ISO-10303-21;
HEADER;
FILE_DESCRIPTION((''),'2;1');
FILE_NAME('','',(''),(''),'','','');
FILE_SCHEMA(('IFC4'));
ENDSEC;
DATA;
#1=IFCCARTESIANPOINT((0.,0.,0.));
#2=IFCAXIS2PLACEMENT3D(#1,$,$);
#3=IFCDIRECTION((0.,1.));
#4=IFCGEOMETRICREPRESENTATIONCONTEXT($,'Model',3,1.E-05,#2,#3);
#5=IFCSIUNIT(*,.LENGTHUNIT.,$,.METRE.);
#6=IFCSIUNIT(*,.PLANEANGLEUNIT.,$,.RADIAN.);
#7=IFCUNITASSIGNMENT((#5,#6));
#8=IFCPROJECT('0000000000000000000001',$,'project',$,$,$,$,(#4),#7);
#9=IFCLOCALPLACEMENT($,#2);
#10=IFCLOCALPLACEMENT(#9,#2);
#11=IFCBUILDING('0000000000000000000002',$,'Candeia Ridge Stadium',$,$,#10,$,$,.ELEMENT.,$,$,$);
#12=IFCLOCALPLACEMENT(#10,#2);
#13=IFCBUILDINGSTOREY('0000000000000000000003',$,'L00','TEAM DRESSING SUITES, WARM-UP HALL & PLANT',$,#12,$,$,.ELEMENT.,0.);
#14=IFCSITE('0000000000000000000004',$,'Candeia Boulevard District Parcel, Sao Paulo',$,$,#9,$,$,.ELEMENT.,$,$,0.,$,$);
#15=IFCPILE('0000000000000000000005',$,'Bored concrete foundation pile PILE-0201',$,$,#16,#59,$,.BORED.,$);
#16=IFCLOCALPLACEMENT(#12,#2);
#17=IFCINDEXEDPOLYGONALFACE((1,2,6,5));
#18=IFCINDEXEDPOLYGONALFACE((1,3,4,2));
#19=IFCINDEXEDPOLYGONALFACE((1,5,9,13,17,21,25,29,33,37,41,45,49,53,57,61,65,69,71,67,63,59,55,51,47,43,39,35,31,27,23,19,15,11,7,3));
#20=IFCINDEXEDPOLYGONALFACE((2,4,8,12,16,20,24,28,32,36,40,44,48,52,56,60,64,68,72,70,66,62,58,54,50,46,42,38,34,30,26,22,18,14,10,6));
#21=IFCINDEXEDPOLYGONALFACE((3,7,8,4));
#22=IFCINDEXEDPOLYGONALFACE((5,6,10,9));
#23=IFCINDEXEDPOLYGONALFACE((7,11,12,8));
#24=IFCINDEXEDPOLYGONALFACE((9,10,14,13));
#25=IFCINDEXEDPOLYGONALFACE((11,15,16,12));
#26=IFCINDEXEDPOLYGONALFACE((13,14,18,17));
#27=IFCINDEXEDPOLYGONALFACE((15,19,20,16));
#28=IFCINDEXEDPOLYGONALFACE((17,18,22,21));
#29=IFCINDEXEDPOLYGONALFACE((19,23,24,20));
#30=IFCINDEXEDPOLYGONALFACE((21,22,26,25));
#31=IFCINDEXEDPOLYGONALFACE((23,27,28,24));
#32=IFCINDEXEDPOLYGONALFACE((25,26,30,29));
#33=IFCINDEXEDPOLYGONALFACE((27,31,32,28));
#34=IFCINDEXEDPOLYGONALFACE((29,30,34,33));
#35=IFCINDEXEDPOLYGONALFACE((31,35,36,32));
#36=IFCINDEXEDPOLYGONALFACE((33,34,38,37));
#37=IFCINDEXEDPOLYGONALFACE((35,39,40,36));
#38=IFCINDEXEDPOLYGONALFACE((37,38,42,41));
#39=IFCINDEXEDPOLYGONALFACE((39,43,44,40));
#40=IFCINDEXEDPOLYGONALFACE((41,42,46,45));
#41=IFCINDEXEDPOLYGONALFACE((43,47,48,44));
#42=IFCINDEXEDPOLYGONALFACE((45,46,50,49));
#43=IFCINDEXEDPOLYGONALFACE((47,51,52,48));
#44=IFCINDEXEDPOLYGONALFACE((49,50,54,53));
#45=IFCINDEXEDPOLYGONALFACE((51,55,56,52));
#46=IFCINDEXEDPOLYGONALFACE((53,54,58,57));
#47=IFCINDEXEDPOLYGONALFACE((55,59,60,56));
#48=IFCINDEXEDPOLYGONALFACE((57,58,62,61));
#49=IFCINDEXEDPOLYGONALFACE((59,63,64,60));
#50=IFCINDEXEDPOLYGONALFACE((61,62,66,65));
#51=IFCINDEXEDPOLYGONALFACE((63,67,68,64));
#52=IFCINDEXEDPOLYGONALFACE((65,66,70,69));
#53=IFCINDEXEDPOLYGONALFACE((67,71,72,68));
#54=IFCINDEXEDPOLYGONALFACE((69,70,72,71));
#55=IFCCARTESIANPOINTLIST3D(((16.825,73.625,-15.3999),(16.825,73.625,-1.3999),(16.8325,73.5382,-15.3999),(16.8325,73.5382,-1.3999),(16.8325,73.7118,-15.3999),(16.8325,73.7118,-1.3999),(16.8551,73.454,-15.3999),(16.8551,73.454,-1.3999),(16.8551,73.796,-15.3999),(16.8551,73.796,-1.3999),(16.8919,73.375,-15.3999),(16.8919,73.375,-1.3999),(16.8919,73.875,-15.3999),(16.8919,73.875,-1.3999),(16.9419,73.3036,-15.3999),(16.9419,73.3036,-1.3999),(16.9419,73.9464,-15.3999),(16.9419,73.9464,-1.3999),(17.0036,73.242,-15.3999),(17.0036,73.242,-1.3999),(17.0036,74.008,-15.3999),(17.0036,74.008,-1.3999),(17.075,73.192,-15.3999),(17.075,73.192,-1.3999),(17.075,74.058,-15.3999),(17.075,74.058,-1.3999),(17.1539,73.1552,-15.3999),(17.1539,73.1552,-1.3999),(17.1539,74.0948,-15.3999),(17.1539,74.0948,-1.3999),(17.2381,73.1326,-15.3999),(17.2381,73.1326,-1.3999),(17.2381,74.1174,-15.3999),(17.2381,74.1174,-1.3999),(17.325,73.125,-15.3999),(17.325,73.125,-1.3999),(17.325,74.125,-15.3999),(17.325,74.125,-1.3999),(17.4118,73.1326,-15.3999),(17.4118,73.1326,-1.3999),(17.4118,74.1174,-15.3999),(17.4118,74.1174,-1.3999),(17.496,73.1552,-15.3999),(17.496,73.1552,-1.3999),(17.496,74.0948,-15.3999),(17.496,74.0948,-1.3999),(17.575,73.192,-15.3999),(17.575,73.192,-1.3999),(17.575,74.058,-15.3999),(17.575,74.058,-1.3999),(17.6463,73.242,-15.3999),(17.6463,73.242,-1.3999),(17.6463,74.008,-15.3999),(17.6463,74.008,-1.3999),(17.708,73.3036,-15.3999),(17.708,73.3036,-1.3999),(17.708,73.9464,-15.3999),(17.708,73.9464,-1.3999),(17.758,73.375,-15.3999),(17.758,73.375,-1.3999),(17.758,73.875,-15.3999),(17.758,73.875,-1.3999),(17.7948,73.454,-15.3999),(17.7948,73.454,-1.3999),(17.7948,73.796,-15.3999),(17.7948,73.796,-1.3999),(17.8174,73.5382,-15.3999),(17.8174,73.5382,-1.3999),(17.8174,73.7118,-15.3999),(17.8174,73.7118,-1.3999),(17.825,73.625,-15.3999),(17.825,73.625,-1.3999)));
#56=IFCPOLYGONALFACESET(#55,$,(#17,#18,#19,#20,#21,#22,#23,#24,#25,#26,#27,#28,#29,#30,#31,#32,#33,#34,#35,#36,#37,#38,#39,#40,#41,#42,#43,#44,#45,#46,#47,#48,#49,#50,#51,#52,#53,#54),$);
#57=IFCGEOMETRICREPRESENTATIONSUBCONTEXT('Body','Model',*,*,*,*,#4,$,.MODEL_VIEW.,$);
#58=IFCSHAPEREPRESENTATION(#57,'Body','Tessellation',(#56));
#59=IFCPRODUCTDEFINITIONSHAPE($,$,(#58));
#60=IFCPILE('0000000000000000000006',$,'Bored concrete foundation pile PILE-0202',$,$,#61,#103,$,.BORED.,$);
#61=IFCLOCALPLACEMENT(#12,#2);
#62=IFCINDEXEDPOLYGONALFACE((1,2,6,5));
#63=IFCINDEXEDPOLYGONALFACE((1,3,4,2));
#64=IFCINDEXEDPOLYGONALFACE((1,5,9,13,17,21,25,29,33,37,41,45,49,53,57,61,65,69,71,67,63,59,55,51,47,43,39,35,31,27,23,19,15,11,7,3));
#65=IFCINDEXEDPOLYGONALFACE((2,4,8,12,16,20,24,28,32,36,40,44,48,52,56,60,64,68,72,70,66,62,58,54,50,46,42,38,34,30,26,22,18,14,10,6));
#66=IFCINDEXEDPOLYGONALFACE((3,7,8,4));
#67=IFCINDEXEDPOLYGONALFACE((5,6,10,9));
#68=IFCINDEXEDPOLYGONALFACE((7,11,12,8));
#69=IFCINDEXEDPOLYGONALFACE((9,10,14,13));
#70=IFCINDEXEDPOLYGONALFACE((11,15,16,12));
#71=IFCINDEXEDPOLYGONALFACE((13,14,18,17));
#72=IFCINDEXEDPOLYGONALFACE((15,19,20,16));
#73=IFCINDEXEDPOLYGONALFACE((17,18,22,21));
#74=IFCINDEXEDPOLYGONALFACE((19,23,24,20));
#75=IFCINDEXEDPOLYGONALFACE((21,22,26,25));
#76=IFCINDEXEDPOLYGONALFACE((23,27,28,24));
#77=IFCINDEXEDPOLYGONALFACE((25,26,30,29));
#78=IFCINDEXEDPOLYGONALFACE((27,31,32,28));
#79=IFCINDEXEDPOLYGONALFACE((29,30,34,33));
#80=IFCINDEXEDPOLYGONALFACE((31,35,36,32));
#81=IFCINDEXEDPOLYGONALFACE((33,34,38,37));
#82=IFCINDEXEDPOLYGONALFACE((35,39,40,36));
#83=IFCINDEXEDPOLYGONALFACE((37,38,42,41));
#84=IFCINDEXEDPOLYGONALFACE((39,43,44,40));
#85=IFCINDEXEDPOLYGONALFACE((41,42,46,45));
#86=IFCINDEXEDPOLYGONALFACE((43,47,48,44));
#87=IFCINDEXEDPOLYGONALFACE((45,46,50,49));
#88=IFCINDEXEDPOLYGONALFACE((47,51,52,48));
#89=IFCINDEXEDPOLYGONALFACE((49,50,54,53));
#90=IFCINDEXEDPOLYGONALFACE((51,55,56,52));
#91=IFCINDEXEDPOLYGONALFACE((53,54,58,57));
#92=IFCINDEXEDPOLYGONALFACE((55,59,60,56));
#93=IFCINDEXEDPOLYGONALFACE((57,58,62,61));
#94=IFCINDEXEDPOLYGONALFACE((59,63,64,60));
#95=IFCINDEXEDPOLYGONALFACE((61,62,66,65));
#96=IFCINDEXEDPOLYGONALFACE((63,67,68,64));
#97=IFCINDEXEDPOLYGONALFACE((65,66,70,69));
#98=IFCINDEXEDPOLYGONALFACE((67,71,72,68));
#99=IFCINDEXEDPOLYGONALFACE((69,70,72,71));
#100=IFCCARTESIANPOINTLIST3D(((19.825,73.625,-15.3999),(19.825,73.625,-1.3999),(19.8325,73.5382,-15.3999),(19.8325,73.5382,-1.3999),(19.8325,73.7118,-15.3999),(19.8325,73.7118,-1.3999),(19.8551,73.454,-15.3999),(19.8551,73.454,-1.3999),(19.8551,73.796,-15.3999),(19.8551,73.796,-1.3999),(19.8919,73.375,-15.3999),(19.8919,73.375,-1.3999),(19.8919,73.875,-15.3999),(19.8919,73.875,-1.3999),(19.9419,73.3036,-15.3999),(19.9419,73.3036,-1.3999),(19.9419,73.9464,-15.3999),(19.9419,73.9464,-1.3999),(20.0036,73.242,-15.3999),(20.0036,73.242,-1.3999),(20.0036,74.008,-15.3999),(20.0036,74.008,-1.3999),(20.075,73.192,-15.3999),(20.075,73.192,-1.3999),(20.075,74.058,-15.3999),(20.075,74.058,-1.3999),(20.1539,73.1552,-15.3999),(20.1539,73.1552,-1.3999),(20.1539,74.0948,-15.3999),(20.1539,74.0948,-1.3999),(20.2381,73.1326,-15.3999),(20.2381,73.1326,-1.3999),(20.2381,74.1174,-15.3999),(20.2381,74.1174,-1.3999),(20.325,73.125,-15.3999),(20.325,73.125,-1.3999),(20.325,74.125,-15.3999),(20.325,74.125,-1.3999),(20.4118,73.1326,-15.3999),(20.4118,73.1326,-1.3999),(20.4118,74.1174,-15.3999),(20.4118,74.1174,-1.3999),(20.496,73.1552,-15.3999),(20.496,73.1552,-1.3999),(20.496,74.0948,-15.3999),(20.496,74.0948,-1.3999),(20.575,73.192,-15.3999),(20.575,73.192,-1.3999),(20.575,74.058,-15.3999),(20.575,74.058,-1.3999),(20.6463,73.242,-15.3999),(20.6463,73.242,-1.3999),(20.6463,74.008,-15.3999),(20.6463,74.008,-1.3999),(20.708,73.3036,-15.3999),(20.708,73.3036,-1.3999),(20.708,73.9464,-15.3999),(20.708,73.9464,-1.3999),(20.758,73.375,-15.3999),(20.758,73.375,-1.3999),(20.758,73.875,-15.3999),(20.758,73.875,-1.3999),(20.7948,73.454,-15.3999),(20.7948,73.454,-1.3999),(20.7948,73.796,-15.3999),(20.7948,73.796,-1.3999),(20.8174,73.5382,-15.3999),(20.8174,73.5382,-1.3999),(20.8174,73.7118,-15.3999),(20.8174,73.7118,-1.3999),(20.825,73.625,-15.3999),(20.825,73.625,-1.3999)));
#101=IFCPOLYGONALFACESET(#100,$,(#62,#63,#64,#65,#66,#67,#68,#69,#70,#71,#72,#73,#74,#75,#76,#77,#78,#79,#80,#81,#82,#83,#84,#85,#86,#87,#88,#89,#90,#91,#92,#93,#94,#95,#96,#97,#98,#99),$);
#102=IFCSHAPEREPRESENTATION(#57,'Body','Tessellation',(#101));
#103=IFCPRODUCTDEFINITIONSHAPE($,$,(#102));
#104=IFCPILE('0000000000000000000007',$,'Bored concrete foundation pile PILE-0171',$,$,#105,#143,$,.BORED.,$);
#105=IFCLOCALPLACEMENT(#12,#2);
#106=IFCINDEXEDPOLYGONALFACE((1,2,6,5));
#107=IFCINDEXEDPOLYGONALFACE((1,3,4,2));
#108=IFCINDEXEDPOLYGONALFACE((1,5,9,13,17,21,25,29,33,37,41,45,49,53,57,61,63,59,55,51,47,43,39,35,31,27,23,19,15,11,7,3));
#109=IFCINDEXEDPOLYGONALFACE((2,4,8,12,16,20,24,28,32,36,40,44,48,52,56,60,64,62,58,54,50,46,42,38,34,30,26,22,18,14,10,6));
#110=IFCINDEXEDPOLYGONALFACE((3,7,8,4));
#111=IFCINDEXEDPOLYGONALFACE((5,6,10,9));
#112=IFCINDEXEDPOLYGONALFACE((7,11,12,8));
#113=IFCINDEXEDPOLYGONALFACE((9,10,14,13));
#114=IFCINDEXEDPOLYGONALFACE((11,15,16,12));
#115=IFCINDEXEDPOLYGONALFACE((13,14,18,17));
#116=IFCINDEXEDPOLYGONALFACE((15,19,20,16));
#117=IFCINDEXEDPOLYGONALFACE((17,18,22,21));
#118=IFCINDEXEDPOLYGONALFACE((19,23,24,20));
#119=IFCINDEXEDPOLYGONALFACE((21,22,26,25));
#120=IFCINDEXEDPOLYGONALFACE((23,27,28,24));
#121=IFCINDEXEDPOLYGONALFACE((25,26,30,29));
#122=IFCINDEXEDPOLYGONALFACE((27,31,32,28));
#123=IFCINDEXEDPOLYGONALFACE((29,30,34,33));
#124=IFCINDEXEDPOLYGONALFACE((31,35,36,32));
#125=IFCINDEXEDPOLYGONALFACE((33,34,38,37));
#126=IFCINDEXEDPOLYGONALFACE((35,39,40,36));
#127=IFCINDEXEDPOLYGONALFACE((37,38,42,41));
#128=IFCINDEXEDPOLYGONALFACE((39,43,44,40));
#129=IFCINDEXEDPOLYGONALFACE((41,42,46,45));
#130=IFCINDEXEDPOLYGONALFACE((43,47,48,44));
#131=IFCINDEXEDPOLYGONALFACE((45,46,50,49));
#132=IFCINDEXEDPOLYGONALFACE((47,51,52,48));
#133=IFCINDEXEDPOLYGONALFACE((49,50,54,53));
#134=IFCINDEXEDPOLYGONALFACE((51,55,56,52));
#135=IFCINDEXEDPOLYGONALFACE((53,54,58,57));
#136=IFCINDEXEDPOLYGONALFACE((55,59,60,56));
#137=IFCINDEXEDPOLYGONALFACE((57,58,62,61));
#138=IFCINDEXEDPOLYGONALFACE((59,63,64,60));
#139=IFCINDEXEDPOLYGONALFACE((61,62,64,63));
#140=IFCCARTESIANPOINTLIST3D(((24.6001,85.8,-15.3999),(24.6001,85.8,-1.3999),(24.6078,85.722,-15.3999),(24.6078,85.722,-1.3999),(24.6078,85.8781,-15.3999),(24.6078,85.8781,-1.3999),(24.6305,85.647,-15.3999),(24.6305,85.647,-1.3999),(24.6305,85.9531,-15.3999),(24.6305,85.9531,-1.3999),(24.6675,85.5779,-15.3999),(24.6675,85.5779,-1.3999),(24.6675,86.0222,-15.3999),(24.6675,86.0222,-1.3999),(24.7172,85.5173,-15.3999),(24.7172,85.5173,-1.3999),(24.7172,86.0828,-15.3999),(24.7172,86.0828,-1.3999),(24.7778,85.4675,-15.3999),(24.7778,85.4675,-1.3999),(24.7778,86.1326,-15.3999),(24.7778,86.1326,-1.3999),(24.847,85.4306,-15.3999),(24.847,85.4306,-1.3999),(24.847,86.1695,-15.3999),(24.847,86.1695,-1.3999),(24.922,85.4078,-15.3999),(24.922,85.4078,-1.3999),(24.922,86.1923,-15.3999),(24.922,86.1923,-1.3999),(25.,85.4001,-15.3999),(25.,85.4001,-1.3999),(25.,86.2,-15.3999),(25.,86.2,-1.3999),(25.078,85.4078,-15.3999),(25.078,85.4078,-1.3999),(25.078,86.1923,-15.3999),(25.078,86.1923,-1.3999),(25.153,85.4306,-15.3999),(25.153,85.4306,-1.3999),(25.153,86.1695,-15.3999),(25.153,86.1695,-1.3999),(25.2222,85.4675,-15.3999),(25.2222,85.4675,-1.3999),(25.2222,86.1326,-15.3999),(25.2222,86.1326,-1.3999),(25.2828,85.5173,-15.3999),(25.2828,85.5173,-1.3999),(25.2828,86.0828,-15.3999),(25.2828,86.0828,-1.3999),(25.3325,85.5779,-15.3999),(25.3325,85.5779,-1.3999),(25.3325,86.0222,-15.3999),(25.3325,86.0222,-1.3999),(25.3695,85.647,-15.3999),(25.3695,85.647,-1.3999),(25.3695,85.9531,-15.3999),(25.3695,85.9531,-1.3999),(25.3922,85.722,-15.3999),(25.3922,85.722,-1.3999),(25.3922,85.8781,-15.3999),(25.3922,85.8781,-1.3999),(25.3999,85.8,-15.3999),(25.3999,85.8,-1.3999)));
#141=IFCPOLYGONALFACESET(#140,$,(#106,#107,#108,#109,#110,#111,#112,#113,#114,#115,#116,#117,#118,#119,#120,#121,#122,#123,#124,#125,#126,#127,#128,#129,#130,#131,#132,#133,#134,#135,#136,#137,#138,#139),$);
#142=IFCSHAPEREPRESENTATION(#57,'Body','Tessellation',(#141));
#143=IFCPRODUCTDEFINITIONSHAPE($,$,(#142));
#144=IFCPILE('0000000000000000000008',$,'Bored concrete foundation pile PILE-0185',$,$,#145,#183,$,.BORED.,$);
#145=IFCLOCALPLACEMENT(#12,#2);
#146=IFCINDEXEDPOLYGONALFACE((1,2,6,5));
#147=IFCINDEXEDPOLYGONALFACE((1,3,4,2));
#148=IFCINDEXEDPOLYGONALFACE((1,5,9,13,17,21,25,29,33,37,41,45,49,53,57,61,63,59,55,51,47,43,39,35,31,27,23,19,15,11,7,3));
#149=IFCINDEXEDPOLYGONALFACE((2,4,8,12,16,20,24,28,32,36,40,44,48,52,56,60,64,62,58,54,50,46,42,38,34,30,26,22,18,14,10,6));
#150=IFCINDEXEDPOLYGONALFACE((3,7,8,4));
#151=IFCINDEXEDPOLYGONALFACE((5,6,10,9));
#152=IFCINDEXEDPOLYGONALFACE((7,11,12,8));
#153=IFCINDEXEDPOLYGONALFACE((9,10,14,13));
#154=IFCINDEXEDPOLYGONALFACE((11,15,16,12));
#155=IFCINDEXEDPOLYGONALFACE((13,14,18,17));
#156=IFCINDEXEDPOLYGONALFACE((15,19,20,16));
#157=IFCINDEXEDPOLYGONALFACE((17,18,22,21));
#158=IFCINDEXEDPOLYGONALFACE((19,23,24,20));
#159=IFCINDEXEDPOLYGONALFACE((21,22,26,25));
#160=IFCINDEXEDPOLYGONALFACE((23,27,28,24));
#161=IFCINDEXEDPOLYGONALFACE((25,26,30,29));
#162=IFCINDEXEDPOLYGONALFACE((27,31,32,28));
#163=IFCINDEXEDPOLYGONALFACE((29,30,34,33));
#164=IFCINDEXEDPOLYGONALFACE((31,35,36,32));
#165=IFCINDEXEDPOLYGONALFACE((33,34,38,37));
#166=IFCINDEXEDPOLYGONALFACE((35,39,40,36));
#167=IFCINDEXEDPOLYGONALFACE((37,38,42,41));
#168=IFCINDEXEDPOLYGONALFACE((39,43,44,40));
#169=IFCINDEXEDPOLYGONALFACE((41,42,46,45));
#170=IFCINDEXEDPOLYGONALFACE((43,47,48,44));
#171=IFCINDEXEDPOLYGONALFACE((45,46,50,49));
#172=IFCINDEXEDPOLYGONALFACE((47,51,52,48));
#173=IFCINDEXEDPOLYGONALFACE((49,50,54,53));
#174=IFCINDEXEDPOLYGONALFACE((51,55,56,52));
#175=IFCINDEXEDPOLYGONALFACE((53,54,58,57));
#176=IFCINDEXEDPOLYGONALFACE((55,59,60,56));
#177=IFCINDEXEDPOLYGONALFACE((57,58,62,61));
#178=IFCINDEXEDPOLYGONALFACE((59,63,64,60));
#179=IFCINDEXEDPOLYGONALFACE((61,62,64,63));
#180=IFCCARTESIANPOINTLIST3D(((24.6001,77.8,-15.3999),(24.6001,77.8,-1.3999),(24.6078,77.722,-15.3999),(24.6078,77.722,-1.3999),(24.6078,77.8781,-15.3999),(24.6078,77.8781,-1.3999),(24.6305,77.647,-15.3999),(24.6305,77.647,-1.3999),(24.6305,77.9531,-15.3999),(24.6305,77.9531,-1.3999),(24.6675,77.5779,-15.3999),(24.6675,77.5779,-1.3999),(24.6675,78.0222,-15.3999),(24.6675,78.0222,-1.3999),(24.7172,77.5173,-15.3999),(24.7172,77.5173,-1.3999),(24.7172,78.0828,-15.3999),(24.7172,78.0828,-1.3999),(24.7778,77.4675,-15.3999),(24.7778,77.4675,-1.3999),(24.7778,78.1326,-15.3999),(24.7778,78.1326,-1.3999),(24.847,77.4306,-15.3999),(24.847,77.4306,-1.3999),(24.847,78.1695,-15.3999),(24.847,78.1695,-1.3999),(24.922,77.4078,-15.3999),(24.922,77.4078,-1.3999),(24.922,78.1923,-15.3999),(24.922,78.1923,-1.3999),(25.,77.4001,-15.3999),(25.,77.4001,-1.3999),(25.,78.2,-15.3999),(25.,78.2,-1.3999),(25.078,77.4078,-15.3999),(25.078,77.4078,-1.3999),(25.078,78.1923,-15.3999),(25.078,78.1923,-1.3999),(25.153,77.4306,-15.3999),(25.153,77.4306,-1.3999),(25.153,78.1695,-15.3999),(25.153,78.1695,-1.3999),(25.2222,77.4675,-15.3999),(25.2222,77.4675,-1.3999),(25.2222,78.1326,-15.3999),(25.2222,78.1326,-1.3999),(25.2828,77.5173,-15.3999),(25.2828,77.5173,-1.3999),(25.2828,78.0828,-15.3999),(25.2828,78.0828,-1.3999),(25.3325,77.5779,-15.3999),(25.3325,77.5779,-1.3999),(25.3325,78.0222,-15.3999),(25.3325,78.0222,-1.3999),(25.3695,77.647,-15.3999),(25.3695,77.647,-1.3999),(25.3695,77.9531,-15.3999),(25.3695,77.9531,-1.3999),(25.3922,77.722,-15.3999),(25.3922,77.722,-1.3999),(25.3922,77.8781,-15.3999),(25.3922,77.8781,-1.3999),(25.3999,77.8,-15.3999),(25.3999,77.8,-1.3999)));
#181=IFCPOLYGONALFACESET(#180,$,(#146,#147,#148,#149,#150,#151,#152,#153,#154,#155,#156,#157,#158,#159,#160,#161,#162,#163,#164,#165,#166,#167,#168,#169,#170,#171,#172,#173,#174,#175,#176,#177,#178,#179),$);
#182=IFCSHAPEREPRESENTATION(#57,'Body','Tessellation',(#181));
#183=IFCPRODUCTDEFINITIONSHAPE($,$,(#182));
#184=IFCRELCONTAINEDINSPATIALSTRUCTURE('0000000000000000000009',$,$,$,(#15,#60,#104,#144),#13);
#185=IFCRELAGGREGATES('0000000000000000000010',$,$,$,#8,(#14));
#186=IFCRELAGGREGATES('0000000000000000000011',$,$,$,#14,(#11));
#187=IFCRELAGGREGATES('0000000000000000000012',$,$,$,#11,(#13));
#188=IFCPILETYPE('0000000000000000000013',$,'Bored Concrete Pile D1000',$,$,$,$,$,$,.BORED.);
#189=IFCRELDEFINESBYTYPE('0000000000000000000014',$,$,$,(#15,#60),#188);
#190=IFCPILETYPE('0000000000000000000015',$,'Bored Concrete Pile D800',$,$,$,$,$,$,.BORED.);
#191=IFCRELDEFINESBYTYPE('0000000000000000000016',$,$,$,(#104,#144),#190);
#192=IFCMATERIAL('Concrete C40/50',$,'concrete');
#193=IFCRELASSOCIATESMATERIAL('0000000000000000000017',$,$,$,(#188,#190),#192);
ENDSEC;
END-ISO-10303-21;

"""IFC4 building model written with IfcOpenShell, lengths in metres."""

from ifc_helpers import new_model, si_unit, direction, frame, origin, origin_2d, place, context, subcontext, project, spatial, circle, extrude, material, material_profile, profile_set, type_object, element, save


model = new_model("IFC4")

# Units and contexts
model_context = context("Model", 3, precision=1e-05, world=origin(), true_north=direction((0.0, 1.0)))
body_context = subcontext(model_context, "Body", "Model", "MODEL_VIEW")
ifc_project = project(units=[si_unit("LENGTHUNIT", "METRE"), si_unit("PLANEANGLEUNIT", "RADIAN")], contexts=[model_context])

# Site, building, storey
site_placement = place(None, origin())
site = spatial("IfcSite", under=ifc_project, at=site_placement, Name="Candeia Boulevard District Parcel, Sao Paulo", CompositionType="ELEMENT", RefElevation=0.0)
building_placement = place(site_placement, origin())
building = spatial("IfcBuilding", under=site, at=building_placement, Name="Candeia Ridge Stadium", CompositionType="ELEMENT")
storey_placement = place(building_placement, origin())
storey = spatial("IfcBuildingStorey", under=building, at=storey_placement, Name="L00", Description="TEAM DRESSING SUITES, WARM-UP HALL & PLANT", CompositionType="ELEMENT", Elevation=0.0)

# Piles
ifc_material_1 = material(Name="Concrete C40/50", Category="concrete")
ifc_material_profile_1 = material_profile(ifc_material_1, circle(Radius=0.5, at=origin_2d()), Name="PILE-D1000", Category="concrete")
ifc_profile_set_1 = profile_set([ifc_material_profile_1], Name="Concrete C40/50")
pile_type_1 = type_object("IfcPileType", Name="Bored Concrete Pile D1000", PredefinedType="BORED", material=ifc_profile_set_1)
for number, where, z_axis, x_axis, name in (
    (1, (17.325, 73.625, -1.3999), (0.0, 0.0, -1.0), (1.0, 0.0, 0.0), "Bored concrete foundation pile PILE-0201"),
    (2, (20.325, 73.625, -1.3999), (0.0, 0.0, -1.0), (1.0, 0.0, 0.0), "Bored concrete foundation pile PILE-0202"),
):
    element("IfcPile", number, at=place(storey_placement, frame(where, z_axis=z_axis, x_axis=x_axis)), inside=storey, type_object=pile_type_1, Name=name, PredefinedType="BORED", context=body_context, shape_type="SweptSolid", body=[
        extrude(circle(Radius=0.5, at=origin_2d()), origin(), (0.0, 0.0, 1.0), 14.0),
    ])
ifc_material_profile_2 = material_profile(ifc_material_1, circle(Radius=0.3999, at=origin_2d()), Name="PILE-D800", Category="concrete")
ifc_profile_set_2 = profile_set([ifc_material_profile_2], Name="Concrete C40/50")
pile_type_2 = type_object("IfcPileType", Name="Bored Concrete Pile D800", PredefinedType="BORED", material=ifc_profile_set_2)
for number, where, z_axis, x_axis, name in (
    (3, (25.0, 85.8, -1.3999), (0.0, 0.0, -1.0), (1.0, 0.0, 0.0), "Bored concrete foundation pile PILE-0171"),
    (4, (25.0, 77.8, -1.3999), (0.0, 0.0, -1.0), (1.0, 0.0, 0.0), "Bored concrete foundation pile PILE-0185"),
):
    element("IfcPile", number, at=place(storey_placement, frame(where, z_axis=z_axis, x_axis=x_axis)), inside=storey, type_object=pile_type_2, Name=name, PredefinedType="BORED", context=body_context, shape_type="SweptSolid", body=[
        extrude(circle(Radius=0.3999, at=origin_2d()), origin(), (0.0, 0.0, 1.0), 14.0),
    ])

save(model, "model.ifc")
